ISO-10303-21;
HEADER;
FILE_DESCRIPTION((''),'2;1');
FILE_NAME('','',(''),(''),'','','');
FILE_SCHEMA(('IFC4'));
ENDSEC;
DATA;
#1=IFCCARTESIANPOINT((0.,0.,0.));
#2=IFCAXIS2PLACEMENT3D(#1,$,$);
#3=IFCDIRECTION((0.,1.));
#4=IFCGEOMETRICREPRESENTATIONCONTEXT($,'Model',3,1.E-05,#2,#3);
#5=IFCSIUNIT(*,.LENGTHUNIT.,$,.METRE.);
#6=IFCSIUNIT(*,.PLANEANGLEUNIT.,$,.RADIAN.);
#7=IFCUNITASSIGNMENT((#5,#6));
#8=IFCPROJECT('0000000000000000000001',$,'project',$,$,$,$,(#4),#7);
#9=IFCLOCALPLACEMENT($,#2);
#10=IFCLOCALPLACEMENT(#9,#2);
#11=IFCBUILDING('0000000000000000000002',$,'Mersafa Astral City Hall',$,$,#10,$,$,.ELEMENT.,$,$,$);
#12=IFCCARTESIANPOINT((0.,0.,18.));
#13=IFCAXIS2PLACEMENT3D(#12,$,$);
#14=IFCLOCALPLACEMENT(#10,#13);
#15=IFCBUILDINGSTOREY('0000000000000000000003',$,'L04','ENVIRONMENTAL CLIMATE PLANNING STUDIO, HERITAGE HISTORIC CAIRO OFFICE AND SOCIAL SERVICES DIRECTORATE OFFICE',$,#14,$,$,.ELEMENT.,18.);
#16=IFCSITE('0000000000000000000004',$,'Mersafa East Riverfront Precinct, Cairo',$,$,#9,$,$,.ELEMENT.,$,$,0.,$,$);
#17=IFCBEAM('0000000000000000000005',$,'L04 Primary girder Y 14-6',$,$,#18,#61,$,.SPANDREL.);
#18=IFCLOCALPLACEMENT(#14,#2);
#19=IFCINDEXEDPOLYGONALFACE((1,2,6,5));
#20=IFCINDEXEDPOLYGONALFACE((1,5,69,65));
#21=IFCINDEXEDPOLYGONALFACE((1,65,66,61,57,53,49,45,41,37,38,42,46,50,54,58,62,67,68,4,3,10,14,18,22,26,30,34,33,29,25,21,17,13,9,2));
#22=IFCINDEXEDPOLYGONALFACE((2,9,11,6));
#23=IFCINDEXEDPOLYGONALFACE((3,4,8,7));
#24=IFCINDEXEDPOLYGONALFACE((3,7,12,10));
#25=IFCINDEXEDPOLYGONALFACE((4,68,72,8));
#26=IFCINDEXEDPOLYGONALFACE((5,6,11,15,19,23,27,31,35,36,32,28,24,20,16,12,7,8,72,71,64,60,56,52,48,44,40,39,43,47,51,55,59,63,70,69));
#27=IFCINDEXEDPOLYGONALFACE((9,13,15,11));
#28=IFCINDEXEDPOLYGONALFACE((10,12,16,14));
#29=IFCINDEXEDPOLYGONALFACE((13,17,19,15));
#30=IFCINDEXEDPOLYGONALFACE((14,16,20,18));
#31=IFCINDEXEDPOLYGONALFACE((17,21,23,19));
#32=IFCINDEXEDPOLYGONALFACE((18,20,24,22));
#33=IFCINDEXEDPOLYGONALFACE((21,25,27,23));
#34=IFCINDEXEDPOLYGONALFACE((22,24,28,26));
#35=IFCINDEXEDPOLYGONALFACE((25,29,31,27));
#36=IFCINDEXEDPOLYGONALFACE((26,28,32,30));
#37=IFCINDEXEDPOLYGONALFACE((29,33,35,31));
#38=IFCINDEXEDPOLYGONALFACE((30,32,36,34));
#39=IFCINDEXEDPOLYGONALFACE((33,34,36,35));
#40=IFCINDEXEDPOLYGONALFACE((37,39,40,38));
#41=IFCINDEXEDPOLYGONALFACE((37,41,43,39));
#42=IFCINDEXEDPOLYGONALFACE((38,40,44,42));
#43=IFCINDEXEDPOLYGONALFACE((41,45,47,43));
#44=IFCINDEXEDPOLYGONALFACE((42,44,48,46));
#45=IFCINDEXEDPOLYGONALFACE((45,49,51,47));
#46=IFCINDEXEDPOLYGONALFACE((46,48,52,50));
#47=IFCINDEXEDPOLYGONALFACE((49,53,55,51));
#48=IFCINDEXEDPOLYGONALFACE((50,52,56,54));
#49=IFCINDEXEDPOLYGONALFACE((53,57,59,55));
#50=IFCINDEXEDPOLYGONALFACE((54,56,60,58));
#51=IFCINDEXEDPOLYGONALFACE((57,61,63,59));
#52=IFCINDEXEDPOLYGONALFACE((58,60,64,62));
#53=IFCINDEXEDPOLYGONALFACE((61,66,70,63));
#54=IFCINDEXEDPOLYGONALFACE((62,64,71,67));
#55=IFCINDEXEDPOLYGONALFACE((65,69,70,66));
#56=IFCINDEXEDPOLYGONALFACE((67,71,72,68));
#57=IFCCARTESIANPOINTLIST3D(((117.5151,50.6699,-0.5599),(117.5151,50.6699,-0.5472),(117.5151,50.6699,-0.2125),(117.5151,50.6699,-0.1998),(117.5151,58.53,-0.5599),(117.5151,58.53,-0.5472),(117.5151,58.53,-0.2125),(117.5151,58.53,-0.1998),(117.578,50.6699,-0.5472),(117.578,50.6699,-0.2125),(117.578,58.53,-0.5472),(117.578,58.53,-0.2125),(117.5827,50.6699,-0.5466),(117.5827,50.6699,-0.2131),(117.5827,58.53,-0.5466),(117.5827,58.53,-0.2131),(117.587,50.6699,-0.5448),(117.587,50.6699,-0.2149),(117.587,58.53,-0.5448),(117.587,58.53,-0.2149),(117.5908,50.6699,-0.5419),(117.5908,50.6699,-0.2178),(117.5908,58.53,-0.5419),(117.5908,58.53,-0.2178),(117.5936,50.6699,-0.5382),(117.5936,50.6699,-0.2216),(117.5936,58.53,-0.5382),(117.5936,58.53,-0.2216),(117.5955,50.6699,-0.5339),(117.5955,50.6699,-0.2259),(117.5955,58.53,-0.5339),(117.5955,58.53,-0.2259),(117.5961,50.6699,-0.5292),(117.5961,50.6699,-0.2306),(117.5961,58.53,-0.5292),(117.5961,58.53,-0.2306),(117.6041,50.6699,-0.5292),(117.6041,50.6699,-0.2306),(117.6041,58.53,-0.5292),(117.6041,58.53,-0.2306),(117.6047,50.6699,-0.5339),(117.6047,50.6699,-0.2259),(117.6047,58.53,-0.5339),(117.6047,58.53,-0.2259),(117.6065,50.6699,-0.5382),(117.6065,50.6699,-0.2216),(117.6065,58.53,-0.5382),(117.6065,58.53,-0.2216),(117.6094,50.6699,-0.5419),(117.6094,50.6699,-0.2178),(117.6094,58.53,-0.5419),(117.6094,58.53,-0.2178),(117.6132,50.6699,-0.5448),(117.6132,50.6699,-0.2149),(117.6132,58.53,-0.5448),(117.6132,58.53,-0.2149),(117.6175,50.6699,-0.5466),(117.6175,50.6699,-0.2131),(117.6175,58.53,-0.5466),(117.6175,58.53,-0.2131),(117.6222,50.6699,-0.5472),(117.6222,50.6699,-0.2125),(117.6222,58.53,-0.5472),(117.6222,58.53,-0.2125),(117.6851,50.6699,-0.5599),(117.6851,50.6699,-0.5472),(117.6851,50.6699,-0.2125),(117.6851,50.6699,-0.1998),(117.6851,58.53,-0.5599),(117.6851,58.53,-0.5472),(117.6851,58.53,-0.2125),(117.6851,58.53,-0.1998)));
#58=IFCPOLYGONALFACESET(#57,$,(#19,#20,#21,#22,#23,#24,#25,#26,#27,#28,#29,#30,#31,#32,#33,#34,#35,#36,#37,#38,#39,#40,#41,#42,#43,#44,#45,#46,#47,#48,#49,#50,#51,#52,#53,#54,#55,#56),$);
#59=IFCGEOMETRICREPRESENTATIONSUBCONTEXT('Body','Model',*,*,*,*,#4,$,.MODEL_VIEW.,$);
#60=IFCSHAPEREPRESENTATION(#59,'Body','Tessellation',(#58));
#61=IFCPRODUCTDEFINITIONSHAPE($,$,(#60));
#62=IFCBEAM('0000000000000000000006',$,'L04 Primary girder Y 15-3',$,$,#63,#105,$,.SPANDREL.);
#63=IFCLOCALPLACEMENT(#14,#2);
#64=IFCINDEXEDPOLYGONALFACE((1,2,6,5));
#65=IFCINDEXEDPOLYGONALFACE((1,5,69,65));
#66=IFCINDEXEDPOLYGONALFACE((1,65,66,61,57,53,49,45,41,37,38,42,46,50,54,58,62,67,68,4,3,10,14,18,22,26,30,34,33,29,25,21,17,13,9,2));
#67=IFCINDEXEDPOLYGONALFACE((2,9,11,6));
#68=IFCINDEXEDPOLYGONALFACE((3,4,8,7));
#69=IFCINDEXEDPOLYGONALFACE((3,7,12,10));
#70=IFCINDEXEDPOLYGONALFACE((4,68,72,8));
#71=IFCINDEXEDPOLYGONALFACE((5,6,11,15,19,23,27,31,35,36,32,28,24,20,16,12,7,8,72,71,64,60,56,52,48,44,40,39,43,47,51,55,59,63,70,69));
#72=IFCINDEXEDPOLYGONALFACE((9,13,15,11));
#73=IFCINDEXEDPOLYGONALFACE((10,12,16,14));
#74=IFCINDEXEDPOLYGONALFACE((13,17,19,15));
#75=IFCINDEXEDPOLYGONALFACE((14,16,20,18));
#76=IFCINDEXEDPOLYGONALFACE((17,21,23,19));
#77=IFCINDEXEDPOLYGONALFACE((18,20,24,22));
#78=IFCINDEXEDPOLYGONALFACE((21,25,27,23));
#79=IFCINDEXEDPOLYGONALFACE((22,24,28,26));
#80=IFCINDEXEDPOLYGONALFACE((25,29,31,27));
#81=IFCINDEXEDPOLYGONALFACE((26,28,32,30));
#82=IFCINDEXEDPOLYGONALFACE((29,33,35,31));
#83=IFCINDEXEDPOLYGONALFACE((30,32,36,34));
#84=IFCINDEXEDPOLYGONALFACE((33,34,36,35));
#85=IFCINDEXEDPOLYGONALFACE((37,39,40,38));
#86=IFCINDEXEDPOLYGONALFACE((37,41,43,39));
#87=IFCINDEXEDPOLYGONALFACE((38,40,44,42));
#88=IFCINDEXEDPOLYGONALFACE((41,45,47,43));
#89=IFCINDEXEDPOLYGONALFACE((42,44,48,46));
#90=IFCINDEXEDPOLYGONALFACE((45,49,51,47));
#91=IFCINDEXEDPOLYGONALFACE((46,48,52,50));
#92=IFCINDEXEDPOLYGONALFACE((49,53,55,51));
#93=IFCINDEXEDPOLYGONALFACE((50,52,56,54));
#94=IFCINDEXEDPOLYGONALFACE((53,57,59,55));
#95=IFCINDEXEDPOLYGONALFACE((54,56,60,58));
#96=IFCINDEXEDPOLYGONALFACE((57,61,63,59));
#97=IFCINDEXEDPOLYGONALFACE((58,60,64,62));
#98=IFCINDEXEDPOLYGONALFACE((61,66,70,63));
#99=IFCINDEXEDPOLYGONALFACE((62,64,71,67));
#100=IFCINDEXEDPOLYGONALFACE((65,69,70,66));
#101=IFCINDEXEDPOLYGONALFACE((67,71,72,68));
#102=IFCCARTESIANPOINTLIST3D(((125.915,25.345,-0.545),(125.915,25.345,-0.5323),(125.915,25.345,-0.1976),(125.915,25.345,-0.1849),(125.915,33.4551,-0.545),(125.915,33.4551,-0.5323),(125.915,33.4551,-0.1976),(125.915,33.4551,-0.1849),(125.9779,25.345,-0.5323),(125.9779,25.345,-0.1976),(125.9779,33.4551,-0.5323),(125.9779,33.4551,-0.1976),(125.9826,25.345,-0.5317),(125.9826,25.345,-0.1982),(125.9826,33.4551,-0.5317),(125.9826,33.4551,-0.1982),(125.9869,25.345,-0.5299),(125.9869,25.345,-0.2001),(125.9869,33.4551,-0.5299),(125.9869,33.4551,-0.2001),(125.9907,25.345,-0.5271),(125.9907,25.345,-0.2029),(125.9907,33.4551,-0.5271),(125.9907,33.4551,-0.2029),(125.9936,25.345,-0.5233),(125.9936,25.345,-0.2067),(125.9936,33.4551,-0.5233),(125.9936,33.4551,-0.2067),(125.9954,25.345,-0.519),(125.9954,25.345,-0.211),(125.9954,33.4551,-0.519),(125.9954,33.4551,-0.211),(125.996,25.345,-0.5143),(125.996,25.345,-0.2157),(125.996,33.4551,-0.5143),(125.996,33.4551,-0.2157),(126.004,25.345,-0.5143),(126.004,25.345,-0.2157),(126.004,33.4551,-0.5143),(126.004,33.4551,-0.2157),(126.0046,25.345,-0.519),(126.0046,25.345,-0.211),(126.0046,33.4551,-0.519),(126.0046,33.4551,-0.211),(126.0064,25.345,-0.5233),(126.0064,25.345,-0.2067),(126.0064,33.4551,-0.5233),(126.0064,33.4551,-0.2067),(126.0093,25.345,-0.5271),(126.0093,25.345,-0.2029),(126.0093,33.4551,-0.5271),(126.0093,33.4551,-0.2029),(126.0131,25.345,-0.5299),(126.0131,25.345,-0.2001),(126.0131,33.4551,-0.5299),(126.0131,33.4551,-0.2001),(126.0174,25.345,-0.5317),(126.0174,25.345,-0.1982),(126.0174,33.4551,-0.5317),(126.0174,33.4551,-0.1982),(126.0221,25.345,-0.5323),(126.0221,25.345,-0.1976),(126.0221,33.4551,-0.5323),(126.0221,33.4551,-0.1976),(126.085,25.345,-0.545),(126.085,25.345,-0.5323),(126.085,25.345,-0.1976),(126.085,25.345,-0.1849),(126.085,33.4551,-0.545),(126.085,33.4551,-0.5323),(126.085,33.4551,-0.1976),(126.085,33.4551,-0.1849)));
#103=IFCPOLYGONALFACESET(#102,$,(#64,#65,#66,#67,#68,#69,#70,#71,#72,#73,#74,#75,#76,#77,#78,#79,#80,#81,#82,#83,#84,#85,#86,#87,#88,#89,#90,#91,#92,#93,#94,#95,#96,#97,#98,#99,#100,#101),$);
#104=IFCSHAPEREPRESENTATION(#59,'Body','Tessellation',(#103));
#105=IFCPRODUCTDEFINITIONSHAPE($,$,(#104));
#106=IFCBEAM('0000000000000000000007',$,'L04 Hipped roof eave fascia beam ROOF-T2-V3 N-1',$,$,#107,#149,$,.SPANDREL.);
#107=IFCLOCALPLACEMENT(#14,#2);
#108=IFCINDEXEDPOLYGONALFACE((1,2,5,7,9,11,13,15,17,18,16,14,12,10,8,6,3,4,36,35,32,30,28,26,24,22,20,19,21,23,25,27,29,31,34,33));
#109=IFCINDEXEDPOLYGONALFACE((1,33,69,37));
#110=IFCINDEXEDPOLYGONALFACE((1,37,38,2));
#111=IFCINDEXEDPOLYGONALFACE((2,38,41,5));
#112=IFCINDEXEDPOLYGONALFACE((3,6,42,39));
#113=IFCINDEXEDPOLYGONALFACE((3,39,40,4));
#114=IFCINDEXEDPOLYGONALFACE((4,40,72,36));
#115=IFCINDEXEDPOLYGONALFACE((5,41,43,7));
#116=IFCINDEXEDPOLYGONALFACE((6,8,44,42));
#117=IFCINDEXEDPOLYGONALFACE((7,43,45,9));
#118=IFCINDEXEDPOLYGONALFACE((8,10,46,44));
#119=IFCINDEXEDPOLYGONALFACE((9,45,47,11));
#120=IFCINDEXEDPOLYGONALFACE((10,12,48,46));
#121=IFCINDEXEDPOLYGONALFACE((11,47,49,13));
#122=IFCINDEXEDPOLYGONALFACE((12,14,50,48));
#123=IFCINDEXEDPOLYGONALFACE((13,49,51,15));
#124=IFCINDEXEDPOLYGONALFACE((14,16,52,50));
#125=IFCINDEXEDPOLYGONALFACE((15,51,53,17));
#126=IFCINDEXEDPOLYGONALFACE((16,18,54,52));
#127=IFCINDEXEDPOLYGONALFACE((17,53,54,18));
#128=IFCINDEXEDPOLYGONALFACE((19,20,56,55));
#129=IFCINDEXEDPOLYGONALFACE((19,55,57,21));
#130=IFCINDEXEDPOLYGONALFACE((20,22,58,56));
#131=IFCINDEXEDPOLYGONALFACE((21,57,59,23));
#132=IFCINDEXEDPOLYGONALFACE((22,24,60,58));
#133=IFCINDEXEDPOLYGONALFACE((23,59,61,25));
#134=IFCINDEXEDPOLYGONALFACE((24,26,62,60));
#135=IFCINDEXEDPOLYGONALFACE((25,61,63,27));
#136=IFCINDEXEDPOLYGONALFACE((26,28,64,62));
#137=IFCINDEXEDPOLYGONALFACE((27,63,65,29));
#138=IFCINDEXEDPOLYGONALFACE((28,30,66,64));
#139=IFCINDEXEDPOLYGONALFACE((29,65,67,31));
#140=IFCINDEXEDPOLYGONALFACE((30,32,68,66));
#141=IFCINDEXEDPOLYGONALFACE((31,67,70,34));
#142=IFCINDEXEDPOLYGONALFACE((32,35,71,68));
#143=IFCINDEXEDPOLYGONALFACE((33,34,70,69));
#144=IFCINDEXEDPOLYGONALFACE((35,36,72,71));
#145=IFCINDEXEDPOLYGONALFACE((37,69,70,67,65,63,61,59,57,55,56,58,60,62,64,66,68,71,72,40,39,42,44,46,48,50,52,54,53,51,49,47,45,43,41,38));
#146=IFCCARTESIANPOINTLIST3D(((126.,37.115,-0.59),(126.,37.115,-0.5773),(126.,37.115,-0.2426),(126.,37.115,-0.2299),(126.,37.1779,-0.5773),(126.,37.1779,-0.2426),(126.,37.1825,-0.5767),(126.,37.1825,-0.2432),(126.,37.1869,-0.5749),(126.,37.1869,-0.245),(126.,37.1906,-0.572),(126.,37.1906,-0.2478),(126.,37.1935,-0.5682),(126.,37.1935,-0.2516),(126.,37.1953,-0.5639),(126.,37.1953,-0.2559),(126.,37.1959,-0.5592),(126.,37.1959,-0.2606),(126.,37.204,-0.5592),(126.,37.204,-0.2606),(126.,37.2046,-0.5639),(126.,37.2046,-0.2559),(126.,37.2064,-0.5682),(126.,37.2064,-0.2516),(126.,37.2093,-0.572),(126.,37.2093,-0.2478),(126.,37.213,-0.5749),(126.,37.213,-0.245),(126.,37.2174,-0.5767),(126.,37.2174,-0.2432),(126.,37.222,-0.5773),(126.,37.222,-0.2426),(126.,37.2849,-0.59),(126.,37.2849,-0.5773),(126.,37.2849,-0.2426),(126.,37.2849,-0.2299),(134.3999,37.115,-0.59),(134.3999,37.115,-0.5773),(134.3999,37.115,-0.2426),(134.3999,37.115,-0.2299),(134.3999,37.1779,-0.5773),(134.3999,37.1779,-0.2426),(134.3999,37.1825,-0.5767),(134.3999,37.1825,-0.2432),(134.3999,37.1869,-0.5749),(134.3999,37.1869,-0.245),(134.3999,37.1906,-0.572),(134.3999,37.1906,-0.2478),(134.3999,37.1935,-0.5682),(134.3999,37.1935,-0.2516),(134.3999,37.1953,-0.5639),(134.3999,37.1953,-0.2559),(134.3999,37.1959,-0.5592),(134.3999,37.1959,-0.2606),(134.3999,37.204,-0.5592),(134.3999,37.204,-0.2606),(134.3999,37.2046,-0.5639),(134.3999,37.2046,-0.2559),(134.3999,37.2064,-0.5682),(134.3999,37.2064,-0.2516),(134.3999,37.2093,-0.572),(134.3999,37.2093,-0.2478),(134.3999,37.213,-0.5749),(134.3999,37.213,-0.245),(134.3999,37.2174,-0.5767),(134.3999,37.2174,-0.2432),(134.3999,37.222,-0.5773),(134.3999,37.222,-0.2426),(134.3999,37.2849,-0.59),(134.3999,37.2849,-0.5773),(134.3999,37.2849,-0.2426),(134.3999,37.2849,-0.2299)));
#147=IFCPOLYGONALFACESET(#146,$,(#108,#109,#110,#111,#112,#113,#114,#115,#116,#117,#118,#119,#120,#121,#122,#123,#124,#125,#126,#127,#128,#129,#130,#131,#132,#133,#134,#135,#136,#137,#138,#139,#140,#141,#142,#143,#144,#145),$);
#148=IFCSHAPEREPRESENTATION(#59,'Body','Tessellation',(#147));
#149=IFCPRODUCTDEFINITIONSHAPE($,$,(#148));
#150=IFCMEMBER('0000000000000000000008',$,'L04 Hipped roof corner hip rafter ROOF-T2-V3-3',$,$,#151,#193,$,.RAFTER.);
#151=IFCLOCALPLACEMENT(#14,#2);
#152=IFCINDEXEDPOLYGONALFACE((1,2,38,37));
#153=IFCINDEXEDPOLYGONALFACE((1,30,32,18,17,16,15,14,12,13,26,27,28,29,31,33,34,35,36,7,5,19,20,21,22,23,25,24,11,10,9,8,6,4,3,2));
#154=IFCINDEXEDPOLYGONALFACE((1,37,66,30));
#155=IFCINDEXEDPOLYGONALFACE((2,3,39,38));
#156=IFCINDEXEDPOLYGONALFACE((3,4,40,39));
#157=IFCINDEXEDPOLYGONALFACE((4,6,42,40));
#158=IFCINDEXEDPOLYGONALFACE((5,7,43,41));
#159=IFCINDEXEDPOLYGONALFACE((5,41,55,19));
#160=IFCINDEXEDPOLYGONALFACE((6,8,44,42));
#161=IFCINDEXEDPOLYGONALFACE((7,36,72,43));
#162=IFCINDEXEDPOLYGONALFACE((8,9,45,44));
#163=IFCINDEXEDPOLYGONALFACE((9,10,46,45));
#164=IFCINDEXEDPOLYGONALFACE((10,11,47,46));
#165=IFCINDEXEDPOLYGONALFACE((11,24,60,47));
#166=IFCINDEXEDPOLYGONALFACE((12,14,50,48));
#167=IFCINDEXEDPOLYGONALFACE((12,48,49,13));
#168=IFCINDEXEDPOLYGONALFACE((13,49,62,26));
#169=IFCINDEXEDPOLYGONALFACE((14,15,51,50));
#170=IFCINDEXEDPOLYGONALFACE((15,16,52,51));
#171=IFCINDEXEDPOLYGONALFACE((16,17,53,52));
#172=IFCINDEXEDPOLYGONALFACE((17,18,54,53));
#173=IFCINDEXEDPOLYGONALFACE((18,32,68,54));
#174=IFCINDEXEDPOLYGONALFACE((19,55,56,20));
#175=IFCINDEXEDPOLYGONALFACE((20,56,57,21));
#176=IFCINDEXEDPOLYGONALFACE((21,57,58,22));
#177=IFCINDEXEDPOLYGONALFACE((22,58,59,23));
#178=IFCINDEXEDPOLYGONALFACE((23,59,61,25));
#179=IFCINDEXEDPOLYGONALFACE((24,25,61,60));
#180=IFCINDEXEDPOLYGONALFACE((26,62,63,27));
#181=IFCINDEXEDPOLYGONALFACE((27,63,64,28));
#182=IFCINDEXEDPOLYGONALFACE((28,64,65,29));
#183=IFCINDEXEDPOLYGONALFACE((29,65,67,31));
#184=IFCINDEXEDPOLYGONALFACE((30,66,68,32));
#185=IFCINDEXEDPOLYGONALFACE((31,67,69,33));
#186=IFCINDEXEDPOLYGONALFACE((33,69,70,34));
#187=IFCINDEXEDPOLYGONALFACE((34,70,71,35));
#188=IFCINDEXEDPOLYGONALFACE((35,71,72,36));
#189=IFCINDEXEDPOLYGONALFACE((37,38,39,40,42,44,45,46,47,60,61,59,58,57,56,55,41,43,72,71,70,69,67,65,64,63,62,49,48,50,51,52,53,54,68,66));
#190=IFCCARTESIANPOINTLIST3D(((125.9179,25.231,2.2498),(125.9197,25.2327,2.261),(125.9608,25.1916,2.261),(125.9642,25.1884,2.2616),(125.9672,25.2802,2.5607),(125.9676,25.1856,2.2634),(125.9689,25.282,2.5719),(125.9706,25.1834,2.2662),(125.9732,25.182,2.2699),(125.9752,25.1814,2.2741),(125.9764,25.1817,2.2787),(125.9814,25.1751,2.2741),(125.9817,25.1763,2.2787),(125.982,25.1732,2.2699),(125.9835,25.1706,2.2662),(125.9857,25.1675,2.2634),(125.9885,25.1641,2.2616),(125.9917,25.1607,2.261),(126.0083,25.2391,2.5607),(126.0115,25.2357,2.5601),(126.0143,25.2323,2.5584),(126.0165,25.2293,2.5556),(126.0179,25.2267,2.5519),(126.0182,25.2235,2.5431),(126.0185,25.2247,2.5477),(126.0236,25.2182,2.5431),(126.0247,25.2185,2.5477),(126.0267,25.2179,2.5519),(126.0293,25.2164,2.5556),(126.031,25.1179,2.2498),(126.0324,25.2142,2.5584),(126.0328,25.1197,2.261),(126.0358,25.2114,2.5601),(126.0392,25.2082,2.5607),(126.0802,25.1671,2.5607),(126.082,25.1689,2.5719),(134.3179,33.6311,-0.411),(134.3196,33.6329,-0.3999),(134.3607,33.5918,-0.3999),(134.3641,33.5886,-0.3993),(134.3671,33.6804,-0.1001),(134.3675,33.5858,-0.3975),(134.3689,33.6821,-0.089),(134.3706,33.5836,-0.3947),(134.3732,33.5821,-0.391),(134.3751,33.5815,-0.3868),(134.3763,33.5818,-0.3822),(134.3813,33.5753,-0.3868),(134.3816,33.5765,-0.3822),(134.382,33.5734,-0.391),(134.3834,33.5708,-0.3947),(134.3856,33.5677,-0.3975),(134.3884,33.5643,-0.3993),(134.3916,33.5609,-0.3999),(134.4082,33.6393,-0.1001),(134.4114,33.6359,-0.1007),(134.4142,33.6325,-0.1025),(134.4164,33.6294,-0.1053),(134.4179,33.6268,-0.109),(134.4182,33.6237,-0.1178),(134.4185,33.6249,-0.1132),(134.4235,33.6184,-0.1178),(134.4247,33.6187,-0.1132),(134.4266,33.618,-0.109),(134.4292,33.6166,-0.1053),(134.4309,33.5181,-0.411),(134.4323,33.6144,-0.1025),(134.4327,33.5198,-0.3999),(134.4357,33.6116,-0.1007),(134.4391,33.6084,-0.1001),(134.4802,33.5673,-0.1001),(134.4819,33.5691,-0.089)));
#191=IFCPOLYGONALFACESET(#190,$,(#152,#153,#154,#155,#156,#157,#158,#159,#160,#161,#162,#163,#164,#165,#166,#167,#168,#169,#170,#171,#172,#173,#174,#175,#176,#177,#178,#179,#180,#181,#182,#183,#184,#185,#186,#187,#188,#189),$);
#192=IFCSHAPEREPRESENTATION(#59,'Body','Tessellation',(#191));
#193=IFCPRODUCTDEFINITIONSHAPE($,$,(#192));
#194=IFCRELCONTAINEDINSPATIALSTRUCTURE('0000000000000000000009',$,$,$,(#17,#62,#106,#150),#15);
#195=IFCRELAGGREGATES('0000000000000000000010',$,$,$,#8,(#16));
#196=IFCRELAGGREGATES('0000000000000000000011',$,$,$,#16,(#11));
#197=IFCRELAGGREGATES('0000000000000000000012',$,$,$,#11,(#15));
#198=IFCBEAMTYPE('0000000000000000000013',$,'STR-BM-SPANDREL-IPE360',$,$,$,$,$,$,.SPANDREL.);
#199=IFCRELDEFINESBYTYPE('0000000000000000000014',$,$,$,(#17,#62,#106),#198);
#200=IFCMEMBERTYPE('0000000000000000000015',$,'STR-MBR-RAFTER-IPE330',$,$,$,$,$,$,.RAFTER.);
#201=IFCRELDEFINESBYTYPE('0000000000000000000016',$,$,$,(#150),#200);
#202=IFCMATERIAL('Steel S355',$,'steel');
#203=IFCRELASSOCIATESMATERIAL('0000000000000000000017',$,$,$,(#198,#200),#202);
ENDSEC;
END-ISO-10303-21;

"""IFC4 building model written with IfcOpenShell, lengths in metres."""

from ifc_helpers import new_model, si_unit, direction, frame, origin, origin_2d, place, context, subcontext, project, spatial, i_section, extrude, material, material_profile, profile_set, type_object, element, save


model = new_model("IFC4")

# Units and contexts
model_context = context("Model", 3, precision=1e-05, world=origin(), true_north=direction((0.0, 1.0)))
body_context = subcontext(model_context, "Body", "Model", "MODEL_VIEW")
ifc_project = project(units=[si_unit("LENGTHUNIT", "METRE"), si_unit("PLANEANGLEUNIT", "RADIAN")], contexts=[model_context])

# Site, building, storey
site_placement = place(None, origin())
site = spatial("IfcSite", under=ifc_project, at=site_placement, Name="Mersafa East Riverfront Precinct, Cairo", CompositionType="ELEMENT", RefElevation=0.0)
building_placement = place(site_placement, origin())
building = spatial("IfcBuilding", under=site, at=building_placement, Name="Mersafa Astral City Hall", CompositionType="ELEMENT")
storey_placement = place(building_placement, frame((0.0, 0.0, 18.0)))
storey = spatial("IfcBuildingStorey", under=building, at=storey_placement, Name="L04", Description="ENVIRONMENTAL CLIMATE PLANNING STUDIO, HERITAGE HISTORIC CAIRO OFFICE AND SOCIAL SERVICES DIRECTORATE OFFICE", CompositionType="ELEMENT", Elevation=18.0)

# Shared definitions
ifc_material_1 = material(Name="Steel S355", Category="steel")

# Beams
ifc_material_profile_1 = material_profile(ifc_material_1, i_section(OverallWidth=0.1699, OverallDepth=0.3601, WebThickness=0.0081, FlangeThickness=0.0127, FilletRadius=0.0181, at=origin_2d()), Name="IPE 360")
ifc_profile_set_1 = profile_set([ifc_material_profile_1], Name="Steel S355")
beam_type_1 = type_object("IfcBeamType", Name="STR-BM-SPANDREL-IPE360", PredefinedType="SPANDREL", material=ifc_profile_set_1)
beam_1_placement = place(storey_placement, frame((117.6001, 50.6699, -0.3799), z_axis=(0.0, 1.0, 0.0), x_axis=(-1.0, 0.0, 0.0)))
element("IfcBeam", 1, at=beam_1_placement, inside=storey, type_object=beam_type_1, Name="L04 Primary girder Y 14-6", PredefinedType="SPANDREL", context=body_context, shape_type="SweptSolid", body=[
    extrude(i_section(OverallWidth=0.1699, OverallDepth=0.3601, WebThickness=0.0081, FlangeThickness=0.0127, FilletRadius=0.0181, at=origin_2d()), origin(), (0.0, 0.0, 1.0), 7.8601),
])
beam_2_placement = place(storey_placement, frame((126.0, 25.345, -0.365), z_axis=(0.0, 1.0, 0.0), x_axis=(-1.0, 0.0, 0.0)))
element("IfcBeam", 2, at=beam_2_placement, inside=storey, type_object=beam_type_1, Name="L04 Primary girder Y 15-3", PredefinedType="SPANDREL", context=body_context, shape_type="SweptSolid", body=[
    extrude(i_section(OverallWidth=0.1699, OverallDepth=0.3601, WebThickness=0.0081, FlangeThickness=0.0127, FilletRadius=0.0181, at=origin_2d()), origin(), (0.0, 0.0, 1.0), 8.1101),
])
beam_3_placement = place(storey_placement, frame((126.0, 37.2, -0.4099), z_axis=(1.0, 0.0, 0.0), x_axis=(0.0, 1.0, 0.0)))
element("IfcBeam", 3, at=beam_3_placement, inside=storey, type_object=beam_type_1, Name="L04 Hipped roof eave fascia beam ROOF-T2-V3 N-1", PredefinedType="SPANDREL", context=body_context, shape_type="SweptSolid", body=[
    extrude(i_section(OverallWidth=0.1699, OverallDepth=0.3601, WebThickness=0.0081, FlangeThickness=0.0127, FilletRadius=0.0181, at=origin_2d()), origin(), (0.0, 0.0, 1.0), 8.3999),
])

# Member
ifc_material_profile_2 = material_profile(ifc_material_1, i_section(OverallWidth=0.1599, OverallDepth=0.3301, WebThickness=0.0076, FlangeThickness=0.0115, FilletRadius=0.0181, at=origin_2d()), Name="IPE 330")
ifc_profile_set_2 = profile_set([ifc_material_profile_2], Name="Steel S355")
member_type = type_object("IfcMemberType", Name="STR-MBR-RAFTER-IPE330", PredefinedType="RAFTER", material=ifc_profile_set_2)
for number, where, z_axis, x_axis, name in (
    (4, (134.3999, 33.6001, -0.25), (-0.689999, -0.690019, 0.218575), (0.707117, -0.707097, 0.0), "L04 Hipped roof corner hip rafter ROOF-T2-V3-3"),
):
    element("IfcMember", number, at=place(storey_placement, frame(where, z_axis=z_axis, x_axis=x_axis)), inside=storey, type_object=member_type, Name=name, PredefinedType="RAFTER", context=body_context, shape_type="SweptSolid", body=[
        extrude(i_section(OverallWidth=0.1599, OverallDepth=0.3301, WebThickness=0.0076, FlangeThickness=0.0115, FilletRadius=0.0181, at=origin_2d()), origin(), (0.0, 0.0, 1.0), 12.1738),
    ])

save(model, "model.ifc")
